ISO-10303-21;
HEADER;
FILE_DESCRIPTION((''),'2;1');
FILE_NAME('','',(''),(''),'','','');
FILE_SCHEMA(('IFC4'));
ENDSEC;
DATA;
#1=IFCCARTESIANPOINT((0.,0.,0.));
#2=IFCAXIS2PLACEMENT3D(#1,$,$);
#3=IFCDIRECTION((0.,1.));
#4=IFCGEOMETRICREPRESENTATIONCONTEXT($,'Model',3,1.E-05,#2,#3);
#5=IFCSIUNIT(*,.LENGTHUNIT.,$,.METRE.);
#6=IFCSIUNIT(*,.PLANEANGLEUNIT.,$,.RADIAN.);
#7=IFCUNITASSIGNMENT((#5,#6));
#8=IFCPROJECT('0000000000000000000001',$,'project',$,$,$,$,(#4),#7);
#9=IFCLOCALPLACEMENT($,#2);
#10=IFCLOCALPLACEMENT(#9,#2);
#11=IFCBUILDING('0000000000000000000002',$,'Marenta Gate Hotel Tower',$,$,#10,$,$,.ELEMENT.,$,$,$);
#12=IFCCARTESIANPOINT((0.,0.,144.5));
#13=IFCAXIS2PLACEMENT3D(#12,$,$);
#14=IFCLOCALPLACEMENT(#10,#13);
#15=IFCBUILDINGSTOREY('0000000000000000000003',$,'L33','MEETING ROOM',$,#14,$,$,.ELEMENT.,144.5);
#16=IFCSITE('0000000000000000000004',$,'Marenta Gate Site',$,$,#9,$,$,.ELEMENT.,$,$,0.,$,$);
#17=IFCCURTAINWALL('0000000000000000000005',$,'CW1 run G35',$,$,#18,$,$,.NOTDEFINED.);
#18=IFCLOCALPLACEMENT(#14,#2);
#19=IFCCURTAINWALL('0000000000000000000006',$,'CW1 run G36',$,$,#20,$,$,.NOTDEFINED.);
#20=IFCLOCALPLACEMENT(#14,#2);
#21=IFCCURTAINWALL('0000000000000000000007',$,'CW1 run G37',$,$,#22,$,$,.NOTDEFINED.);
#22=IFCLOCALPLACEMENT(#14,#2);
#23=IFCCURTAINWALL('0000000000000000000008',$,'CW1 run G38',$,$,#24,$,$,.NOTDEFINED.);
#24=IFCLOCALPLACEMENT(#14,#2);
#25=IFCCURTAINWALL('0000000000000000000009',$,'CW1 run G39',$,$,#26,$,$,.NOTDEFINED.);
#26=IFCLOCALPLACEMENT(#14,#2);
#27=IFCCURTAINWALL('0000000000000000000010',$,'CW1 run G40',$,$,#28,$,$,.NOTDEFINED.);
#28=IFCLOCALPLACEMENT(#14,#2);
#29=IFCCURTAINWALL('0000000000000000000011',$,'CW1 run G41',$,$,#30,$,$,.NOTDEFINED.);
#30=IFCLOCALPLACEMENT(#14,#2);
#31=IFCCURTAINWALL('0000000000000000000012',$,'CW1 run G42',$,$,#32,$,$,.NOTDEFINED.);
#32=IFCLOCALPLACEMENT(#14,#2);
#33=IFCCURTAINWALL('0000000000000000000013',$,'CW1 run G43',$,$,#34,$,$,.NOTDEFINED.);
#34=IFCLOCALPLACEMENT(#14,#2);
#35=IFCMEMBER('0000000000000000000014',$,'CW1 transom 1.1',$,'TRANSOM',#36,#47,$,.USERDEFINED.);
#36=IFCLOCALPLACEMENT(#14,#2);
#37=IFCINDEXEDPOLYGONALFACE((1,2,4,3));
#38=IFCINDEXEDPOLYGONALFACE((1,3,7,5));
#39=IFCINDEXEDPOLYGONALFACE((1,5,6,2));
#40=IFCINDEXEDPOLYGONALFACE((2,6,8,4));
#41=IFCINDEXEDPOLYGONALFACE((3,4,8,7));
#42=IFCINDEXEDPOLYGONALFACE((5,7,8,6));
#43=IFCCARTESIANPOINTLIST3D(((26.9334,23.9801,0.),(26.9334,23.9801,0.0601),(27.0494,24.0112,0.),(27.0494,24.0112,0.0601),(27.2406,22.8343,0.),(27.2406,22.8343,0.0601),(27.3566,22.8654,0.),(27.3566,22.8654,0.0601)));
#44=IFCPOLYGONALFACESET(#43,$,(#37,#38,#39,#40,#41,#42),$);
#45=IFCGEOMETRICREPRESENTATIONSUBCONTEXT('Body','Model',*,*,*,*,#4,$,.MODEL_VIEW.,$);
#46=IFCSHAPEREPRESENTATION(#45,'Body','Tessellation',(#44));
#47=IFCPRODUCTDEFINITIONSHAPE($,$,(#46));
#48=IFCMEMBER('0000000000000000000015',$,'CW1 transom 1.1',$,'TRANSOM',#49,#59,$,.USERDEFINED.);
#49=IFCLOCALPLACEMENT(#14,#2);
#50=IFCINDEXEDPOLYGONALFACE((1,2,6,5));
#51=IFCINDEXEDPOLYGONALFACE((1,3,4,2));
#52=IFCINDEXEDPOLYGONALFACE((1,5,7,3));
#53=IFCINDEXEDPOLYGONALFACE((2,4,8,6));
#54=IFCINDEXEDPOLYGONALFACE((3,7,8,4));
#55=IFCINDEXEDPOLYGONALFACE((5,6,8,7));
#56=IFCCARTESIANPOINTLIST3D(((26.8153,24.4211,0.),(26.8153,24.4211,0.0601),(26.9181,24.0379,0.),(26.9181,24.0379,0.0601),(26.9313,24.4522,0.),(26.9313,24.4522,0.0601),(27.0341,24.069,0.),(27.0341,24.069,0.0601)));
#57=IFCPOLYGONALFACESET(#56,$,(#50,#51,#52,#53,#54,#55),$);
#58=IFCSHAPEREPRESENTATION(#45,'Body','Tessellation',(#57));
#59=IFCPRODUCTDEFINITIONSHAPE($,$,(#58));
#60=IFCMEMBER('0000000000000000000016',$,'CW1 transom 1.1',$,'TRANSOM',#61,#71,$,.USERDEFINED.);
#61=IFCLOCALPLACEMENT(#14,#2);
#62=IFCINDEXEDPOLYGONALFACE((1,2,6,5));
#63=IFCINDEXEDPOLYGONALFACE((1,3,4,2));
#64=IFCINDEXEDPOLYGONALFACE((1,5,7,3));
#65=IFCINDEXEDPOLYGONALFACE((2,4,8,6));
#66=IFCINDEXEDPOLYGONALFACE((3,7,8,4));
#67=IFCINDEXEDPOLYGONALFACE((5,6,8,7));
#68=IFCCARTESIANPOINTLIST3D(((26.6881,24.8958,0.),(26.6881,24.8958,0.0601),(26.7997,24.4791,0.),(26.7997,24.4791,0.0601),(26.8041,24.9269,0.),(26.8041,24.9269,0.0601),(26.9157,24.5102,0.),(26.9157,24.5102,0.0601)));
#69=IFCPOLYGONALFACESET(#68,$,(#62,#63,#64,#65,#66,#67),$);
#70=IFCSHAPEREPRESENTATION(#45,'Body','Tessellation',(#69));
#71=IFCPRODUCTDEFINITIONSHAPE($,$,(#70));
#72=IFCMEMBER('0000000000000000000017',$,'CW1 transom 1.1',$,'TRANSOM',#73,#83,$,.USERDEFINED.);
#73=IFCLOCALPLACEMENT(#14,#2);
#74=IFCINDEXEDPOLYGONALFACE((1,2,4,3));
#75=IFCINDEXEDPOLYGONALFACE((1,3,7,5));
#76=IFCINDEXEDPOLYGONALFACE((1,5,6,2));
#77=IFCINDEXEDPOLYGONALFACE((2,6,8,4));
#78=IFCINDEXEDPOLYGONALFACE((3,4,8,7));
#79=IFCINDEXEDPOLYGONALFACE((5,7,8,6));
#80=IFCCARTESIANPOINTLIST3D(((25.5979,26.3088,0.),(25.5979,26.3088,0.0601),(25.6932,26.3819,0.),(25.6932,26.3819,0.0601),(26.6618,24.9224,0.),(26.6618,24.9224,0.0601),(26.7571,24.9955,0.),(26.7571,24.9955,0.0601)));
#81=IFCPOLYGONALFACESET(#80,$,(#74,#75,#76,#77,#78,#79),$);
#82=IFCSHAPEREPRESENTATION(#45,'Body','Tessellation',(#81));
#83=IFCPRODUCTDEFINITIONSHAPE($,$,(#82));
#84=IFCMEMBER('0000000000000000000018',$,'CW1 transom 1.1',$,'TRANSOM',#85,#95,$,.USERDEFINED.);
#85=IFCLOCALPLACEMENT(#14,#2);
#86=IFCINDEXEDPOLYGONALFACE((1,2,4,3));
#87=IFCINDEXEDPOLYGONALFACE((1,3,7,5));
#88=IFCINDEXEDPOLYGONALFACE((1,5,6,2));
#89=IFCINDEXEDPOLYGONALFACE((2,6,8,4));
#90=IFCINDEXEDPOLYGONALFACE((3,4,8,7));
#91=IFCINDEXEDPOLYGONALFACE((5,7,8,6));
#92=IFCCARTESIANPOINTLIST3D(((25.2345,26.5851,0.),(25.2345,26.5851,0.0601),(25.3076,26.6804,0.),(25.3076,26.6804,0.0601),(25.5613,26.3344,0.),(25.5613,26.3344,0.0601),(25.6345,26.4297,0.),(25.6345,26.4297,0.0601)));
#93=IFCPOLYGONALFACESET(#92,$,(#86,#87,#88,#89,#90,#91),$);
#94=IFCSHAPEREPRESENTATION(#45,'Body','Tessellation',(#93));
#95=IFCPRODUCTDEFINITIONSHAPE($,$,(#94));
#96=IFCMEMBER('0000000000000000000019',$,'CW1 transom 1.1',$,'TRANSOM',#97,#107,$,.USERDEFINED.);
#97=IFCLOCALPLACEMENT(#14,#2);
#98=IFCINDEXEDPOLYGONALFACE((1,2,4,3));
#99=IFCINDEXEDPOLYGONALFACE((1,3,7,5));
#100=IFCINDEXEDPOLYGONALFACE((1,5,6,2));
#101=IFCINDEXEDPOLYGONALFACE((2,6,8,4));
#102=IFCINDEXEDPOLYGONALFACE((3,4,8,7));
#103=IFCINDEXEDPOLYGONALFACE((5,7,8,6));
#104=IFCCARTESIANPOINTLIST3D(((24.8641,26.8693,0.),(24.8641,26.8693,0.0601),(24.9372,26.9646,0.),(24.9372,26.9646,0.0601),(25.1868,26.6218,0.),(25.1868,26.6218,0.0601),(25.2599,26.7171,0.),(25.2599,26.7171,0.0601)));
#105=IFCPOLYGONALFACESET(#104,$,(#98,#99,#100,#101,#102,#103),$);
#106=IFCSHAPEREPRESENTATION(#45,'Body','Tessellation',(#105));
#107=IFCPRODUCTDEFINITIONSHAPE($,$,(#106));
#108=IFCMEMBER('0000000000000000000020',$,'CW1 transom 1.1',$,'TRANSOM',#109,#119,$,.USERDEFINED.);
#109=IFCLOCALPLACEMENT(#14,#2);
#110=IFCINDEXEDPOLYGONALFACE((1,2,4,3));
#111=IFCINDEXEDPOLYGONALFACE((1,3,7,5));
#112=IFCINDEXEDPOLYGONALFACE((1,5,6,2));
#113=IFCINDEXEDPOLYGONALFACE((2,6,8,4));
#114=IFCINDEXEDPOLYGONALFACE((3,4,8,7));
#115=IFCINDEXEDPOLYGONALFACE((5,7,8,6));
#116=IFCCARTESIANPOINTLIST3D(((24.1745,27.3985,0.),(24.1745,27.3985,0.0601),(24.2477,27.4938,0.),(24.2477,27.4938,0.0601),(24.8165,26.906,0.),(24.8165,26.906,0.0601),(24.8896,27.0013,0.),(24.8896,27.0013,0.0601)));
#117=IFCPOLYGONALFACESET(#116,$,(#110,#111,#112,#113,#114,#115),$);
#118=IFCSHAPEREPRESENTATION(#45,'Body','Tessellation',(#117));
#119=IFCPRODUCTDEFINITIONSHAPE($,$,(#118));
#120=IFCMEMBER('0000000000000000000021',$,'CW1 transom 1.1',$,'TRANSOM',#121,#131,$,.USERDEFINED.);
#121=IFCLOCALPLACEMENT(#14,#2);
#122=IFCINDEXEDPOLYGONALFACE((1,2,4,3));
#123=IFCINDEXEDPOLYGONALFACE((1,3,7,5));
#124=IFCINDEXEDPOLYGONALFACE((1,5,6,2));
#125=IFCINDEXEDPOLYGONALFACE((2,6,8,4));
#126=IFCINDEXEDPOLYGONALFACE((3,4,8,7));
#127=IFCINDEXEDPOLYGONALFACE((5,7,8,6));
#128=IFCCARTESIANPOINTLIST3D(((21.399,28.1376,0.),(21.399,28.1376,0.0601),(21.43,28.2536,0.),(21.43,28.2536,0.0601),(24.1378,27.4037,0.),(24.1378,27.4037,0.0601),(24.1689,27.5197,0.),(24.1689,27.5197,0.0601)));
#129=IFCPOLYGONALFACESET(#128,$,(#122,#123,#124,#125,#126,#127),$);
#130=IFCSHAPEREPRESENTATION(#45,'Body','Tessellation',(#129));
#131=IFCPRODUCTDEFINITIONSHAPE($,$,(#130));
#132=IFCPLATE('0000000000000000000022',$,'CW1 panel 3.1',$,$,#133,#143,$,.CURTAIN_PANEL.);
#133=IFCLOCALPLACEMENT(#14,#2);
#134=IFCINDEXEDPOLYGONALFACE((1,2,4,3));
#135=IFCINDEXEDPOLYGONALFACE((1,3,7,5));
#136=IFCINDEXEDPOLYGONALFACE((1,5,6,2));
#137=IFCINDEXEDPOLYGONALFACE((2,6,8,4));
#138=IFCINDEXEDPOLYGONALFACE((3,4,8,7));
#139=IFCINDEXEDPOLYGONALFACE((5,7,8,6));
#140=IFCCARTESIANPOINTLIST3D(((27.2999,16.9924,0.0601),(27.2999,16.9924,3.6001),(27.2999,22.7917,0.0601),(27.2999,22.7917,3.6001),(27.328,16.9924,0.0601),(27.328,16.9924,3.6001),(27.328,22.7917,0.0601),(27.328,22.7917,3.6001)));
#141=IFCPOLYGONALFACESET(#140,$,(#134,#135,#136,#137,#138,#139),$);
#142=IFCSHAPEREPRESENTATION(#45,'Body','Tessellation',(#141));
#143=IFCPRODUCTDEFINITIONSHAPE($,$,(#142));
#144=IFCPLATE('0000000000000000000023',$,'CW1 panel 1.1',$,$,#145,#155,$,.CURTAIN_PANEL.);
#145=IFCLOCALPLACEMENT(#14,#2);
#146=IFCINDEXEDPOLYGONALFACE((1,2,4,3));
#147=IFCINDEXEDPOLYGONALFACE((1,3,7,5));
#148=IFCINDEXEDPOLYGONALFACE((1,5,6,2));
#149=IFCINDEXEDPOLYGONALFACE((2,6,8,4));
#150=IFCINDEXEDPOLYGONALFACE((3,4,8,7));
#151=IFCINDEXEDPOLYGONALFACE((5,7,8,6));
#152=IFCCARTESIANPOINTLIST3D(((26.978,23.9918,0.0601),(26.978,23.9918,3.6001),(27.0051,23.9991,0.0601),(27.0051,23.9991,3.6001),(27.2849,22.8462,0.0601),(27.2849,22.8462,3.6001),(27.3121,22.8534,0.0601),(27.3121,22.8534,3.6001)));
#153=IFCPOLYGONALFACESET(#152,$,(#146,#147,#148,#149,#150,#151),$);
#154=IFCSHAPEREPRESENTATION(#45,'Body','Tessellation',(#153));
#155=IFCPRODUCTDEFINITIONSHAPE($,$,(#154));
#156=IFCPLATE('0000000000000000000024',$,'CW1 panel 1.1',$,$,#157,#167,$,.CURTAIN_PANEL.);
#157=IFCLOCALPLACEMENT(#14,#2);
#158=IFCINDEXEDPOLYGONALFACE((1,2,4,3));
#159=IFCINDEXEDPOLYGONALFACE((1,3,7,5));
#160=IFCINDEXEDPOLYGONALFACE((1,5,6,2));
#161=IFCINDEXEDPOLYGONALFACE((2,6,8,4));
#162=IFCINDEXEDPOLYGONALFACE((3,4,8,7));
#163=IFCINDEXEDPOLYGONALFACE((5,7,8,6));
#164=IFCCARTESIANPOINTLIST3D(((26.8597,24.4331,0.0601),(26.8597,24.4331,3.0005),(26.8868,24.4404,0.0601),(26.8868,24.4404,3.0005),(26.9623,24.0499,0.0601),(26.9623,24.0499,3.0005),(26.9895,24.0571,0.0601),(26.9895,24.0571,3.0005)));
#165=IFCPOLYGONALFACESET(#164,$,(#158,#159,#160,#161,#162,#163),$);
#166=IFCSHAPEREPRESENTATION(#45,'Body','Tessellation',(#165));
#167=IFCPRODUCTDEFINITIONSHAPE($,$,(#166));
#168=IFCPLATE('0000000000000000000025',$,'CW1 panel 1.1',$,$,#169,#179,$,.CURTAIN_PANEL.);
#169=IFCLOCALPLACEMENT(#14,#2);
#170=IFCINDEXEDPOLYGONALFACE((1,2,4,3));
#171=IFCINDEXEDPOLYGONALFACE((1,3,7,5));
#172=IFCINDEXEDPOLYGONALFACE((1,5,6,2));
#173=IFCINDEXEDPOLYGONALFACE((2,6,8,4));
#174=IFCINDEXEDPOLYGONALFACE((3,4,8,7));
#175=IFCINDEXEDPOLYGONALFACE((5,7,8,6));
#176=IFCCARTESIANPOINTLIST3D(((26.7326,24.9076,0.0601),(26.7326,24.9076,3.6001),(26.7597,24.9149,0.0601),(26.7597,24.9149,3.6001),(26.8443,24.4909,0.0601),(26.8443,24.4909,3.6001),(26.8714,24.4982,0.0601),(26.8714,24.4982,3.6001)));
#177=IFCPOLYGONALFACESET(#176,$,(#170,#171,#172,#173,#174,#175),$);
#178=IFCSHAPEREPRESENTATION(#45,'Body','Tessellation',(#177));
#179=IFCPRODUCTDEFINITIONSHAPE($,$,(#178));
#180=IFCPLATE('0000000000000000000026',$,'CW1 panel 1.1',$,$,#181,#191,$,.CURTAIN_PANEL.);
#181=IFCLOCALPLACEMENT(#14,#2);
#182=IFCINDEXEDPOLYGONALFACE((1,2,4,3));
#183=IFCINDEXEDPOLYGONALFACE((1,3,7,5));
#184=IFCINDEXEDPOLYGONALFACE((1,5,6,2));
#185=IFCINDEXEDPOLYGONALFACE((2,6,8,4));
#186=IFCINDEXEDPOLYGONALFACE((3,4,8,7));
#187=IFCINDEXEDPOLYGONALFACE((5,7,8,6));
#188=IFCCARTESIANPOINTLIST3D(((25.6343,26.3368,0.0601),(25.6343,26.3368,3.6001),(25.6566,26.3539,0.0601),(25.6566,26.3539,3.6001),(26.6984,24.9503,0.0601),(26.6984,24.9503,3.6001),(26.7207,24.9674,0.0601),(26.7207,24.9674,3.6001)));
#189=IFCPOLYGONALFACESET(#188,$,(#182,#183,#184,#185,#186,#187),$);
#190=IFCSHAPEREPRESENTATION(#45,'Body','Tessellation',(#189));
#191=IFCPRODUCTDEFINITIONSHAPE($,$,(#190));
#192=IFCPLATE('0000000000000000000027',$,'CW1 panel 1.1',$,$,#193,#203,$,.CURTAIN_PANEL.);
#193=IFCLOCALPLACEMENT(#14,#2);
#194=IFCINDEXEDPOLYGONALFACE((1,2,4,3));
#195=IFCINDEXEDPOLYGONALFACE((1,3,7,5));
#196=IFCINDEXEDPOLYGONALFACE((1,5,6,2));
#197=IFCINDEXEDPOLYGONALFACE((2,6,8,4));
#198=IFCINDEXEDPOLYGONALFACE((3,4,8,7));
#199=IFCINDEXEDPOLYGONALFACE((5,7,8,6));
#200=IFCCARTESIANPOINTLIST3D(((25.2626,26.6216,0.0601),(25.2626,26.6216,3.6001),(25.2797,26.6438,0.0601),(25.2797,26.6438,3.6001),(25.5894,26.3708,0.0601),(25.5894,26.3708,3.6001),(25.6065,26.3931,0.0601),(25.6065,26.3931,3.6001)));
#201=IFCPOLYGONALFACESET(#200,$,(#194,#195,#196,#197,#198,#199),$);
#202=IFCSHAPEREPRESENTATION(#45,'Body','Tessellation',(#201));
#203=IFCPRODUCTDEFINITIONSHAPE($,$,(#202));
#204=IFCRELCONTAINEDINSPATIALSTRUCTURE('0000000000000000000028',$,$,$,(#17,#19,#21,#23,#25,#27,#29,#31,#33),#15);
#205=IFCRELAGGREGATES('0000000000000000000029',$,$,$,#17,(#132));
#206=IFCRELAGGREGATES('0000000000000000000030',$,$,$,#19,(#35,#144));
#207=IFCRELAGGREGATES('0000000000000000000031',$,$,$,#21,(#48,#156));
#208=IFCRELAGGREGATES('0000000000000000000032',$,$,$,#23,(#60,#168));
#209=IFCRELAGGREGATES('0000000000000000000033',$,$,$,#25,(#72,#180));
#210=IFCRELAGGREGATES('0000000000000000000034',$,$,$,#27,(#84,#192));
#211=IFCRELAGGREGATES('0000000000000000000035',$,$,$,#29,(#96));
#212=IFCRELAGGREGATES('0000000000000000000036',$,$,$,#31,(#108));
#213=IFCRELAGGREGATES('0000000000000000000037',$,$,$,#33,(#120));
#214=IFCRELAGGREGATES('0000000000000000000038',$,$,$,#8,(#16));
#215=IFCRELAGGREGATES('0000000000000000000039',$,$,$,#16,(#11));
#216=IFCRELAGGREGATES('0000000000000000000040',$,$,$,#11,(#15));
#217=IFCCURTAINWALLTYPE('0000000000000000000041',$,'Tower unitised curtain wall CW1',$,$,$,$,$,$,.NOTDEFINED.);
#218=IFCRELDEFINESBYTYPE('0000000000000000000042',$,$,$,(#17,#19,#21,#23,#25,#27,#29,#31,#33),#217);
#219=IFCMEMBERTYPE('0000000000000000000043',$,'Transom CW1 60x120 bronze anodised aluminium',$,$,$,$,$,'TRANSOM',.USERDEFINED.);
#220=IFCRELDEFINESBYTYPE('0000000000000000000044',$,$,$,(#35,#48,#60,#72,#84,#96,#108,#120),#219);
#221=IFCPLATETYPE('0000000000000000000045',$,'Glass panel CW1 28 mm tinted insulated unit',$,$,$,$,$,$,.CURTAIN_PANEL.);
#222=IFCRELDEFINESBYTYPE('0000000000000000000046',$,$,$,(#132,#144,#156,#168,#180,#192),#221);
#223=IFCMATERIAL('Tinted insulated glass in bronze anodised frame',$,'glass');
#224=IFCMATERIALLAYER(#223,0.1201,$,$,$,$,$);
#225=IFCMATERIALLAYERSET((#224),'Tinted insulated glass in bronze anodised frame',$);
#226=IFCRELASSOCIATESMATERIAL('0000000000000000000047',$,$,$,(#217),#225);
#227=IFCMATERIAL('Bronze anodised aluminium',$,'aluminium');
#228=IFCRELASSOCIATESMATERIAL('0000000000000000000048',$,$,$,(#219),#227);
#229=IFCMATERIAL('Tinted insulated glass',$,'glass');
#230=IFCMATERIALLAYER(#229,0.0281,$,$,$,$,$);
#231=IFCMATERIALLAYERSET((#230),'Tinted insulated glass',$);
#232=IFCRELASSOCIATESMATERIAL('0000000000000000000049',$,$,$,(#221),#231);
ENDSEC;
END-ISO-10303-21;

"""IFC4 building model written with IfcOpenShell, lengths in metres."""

from ifc_helpers import new_model, si_unit, direction, frame, origin, origin_2d, place, context, subcontext, project, spatial, rectangle, extrude, material, layer, layer_set, material_profile, profile_set, type_object, element, aggregate, save


model = new_model("IFC4")

# Units and contexts
model_context = context("Model", 3, precision=1e-05, world=origin(), true_north=direction((0.0, 1.0)))
body_context = subcontext(model_context, "Body", "Model", "MODEL_VIEW")
ifc_project = project(units=[si_unit("LENGTHUNIT", "METRE"), si_unit("PLANEANGLEUNIT", "RADIAN")], contexts=[model_context])

# Site, building, storey
site_placement = place(None, origin())
site = spatial("IfcSite", under=ifc_project, at=site_placement, Name="Marenta Gate Site", CompositionType="ELEMENT", RefElevation=0.0)
building_placement = place(site_placement, origin())
building = spatial("IfcBuilding", under=site, at=building_placement, Name="Marenta Gate Hotel Tower", CompositionType="ELEMENT")
storey_placement = place(building_placement, frame((0.0, 0.0, 144.5)))
storey = spatial("IfcBuildingStorey", under=building, at=storey_placement, Name="L33", Description="MEETING ROOM", CompositionType="ELEMENT", Elevation=144.5)

# Curtain walls
ifc_material_1 = material(Name="Tinted insulated glass in bronze anodised frame", Category="glass")
ifc_layer_1 = layer(ifc_material_1, 0.1201)
ifc_layer_set_1 = layer_set([ifc_layer_1], Name="Tinted insulated glass in bronze anodised frame")
curtain_wall_type = type_object("IfcCurtainWallType", Name="Tower unitised curtain wall CW1", PredefinedType="NOTDEFINED", material=ifc_layer_set_1)
curtain_wall_1_placement = place(storey_placement, origin())
curtain_wall_1 = element("IfcCurtainWall", 1, at=curtain_wall_1_placement, inside=storey, type_object=curtain_wall_type, Name="CW1 run G35", PredefinedType="NOTDEFINED")
curtain_wall_2_placement = place(storey_placement, origin())
curtain_wall_2 = element("IfcCurtainWall", 2, at=curtain_wall_2_placement, inside=storey, type_object=curtain_wall_type, Name="CW1 run G36", PredefinedType="NOTDEFINED")
curtain_wall_3_placement = place(storey_placement, origin())
curtain_wall_3 = element("IfcCurtainWall", 3, at=curtain_wall_3_placement, inside=storey, type_object=curtain_wall_type, Name="CW1 run G37", PredefinedType="NOTDEFINED")
curtain_wall_4_placement = place(storey_placement, origin())
curtain_wall_4 = element("IfcCurtainWall", 4, at=curtain_wall_4_placement, inside=storey, type_object=curtain_wall_type, Name="CW1 run G38", PredefinedType="NOTDEFINED")
curtain_wall_5_placement = place(storey_placement, origin())
curtain_wall_5 = element("IfcCurtainWall", 5, at=curtain_wall_5_placement, inside=storey, type_object=curtain_wall_type, Name="CW1 run G39", PredefinedType="NOTDEFINED")
curtain_wall_6_placement = place(storey_placement, origin())
curtain_wall_6 = element("IfcCurtainWall", 6, at=curtain_wall_6_placement, inside=storey, type_object=curtain_wall_type, Name="CW1 run G40", PredefinedType="NOTDEFINED")
curtain_wall_7_placement = place(storey_placement, origin())
curtain_wall_7 = element("IfcCurtainWall", 7, at=curtain_wall_7_placement, inside=storey, type_object=curtain_wall_type, Name="CW1 run G41", PredefinedType="NOTDEFINED")
curtain_wall_8_placement = place(storey_placement, origin())
curtain_wall_8 = element("IfcCurtainWall", 8, at=curtain_wall_8_placement, inside=storey, type_object=curtain_wall_type, Name="CW1 run G42", PredefinedType="NOTDEFINED")
curtain_wall_9_placement = place(storey_placement, origin())
curtain_wall_9 = element("IfcCurtainWall", 9, at=curtain_wall_9_placement, inside=storey, type_object=curtain_wall_type, Name="CW1 run G43", PredefinedType="NOTDEFINED")

# Members
ifc_material_2 = material(Name="Bronze anodised aluminium", Category="aluminium")
ifc_material_profile_1 = material_profile(ifc_material_2, rectangle(XDim=0.1201, YDim=0.0601, at=origin_2d()), Name="Transom CW1 60x120 bronze anodised aluminium")
ifc_profile_set_1 = profile_set([ifc_material_profile_1], Name="Bronze anodised aluminium")
member_type_1 = type_object("IfcMemberType", Name="Transom CW1 60x120 bronze anodised aluminium", ElementType="TRANSOM", PredefinedType="USERDEFINED", material=ifc_profile_set_1)
member_1_placement = place(storey_placement, frame((27.2986, 22.8499, 0.03), z_axis=(-0.258918, 0.965899, 0.0), x_axis=(-0.965899, -0.258918, 0.0)))
member_1 = element("IfcMember", 10, at=member_1_placement, type_object=member_type_1, Name="CW1 transom 1.1", ObjectType="TRANSOM", PredefinedType="USERDEFINED", context=body_context, shape_type="SweptSolid", body=[
    extrude(rectangle(XDim=0.1201, YDim=0.0601, at=origin_2d()), origin(), (0.0, 0.0, 1.0), 1.1863),
])
member_2_placement = place(storey_placement, frame((26.9761, 24.0535, 0.03), z_axis=(-0.259157, 0.965835, 0.0), x_axis=(-0.965835, -0.259157, 0.0)))
member_2 = element("IfcMember", 11, at=member_2_placement, type_object=member_type_1, Name="CW1 transom 1.1", ObjectType="TRANSOM", PredefinedType="USERDEFINED", context=body_context, shape_type="SweptSolid", body=[
    extrude(rectangle(XDim=0.1201, YDim=0.0601, at=origin_2d()), origin(), (0.0, 0.0, 1.0), 0.3967),
])
member_3_placement = place(storey_placement, frame((26.8577, 24.4946, 0.03), z_axis=(-0.258614, 0.965981, 0.0), x_axis=(-0.965981, -0.258614, 0.0)))
member_3 = element("IfcMember", 12, at=member_3_placement, type_object=member_type_1, Name="CW1 transom 1.1", ObjectType="TRANSOM", PredefinedType="USERDEFINED", context=body_context, shape_type="SweptSolid", body=[
    extrude(rectangle(XDim=0.1201, YDim=0.0601, at=origin_2d()), origin(), (0.0, 0.0, 1.0), 0.4314),
])
member_4_placement = place(storey_placement, frame((26.7095, 24.959, 0.03), z_axis=(-0.608792, 0.79333, 0.0), x_axis=(-0.79333, -0.608792, 0.0)))
member_4 = element("IfcMember", 13, at=member_4_placement, type_object=member_type_1, Name="CW1 transom 1.1", ObjectType="TRANSOM", PredefinedType="USERDEFINED", context=body_context, shape_type="SweptSolid", body=[
    extrude(rectangle(XDim=0.1201, YDim=0.0601, at=origin_2d()), origin(), (0.0, 0.0, 1.0), 1.7476),
])
member_5_placement = place(storey_placement, frame((25.5979, 26.3821, 0.03), z_axis=(-0.793482, 0.608593, 0.0), x_axis=(-0.608593, -0.793482, 0.0)))
member_5 = element("IfcMember", 14, at=member_5_placement, type_object=member_type_1, Name="CW1 transom 1.1", ObjectType="TRANSOM", PredefinedType="USERDEFINED", context=body_context, shape_type="SweptSolid", body=[
    extrude(rectangle(XDim=0.1201, YDim=0.0601, at=origin_2d()), origin(), (0.0, 0.0, 1.0), 0.4119),
])
member_6_placement = place(storey_placement, frame((25.2234, 26.6694, 0.03), z_axis=(-0.793471, 0.608608, 0.0), x_axis=(-0.608608, -0.793471, 0.0)))
member_6 = element("IfcMember", 15, at=member_6_placement, type_object=member_type_1, Name="CW1 transom 1.1", ObjectType="TRANSOM", PredefinedType="USERDEFINED", context=body_context, shape_type="SweptSolid", body=[
    extrude(rectangle(XDim=0.1201, YDim=0.0601, at=origin_2d()), origin(), (0.0, 0.0, 1.0), 0.4067),
])
member_7_placement = place(storey_placement, frame((24.853, 26.9536, 0.03), z_axis=(-0.793397, 0.608704, 0.0), x_axis=(-0.608704, -0.793397, 0.0)))
member_7 = element("IfcMember", 16, at=member_7_placement, type_object=member_type_1, Name="CW1 transom 1.1", ObjectType="TRANSOM", PredefinedType="USERDEFINED", context=body_context, shape_type="SweptSolid", body=[
    extrude(rectangle(XDim=0.1201, YDim=0.0601, at=origin_2d()), origin(), (0.0, 0.0, 1.0), 0.8091),
])
member_8_placement = place(storey_placement, frame((24.1533, 27.4617, 0.03), z_axis=(-0.965923, 0.258831, 0.0), x_axis=(-0.258831, -0.965923, 0.0)))
member_8 = element("IfcMember", 17, at=member_8_placement, type_object=member_type_1, Name="CW1 transom 1.1", ObjectType="TRANSOM", PredefinedType="USERDEFINED", context=body_context, shape_type="SweptSolid", body=[
    extrude(rectangle(XDim=0.1201, YDim=0.0601, at=origin_2d()), origin(), (0.0, 0.0, 1.0), 2.8354),
])

# Plates
ifc_material_3 = material(Name="Tinted insulated glass", Category="glass")
ifc_layer_2 = layer(ifc_material_3, 0.0281)
ifc_layer_set_2 = layer_set([ifc_layer_2], Name="Tinted insulated glass")
plate_type = type_object("IfcPlateType", Name="Glass panel CW1 28 mm tinted insulated unit", PredefinedType="CURTAIN_PANEL", material=ifc_layer_set_2)
plate_1_placement = place(storey_placement, frame((27.314, 19.8921, 0.0601), z_axis=(0.0, 0.0, 1.0), x_axis=(0.0, 1.0, 0.0)))
plate_1 = element("IfcPlate", 18, at=plate_1_placement, type_object=plate_type, Name="CW1 panel 3.1", PredefinedType="CURTAIN_PANEL", context=body_context, shape_type="SweptSolid", body=[
    extrude(rectangle(XDim=5.7993, YDim=0.0281, at=origin_2d()), origin(), (0.0, 0.0, 1.0), 3.54),
])
aggregate(curtain_wall_1, [plate_1])
plate_2_placement = place(storey_placement, frame((27.145, 23.4226, 0.0601), z_axis=(0.0, 0.0, 1.0), x_axis=(-0.258816, 0.965927, 0.0)))
plate_2 = element("IfcPlate", 19, at=plate_2_placement, type_object=plate_type, Name="CW1 panel 1.1", PredefinedType="CURTAIN_PANEL", context=body_context, shape_type="SweptSolid", body=[
    extrude(rectangle(XDim=1.186, YDim=0.0281, at=origin_2d()), origin(), (0.0, 0.0, 1.0), 3.54),
])
aggregate(curtain_wall_2, [member_1, plate_2])
plate_3_placement = place(storey_placement, frame((26.9246, 24.2451, 0.0601), z_axis=(0.0, 0.0, 1.0), x_axis=(-0.258835, 0.965922, 0.0)))
plate_3 = element("IfcPlate", 20, at=plate_3_placement, type_object=plate_type, Name="CW1 panel 1.1", PredefinedType="CURTAIN_PANEL", context=body_context, shape_type="SweptSolid", body=[
    extrude(rectangle(XDim=0.3967, YDim=0.0281, at=origin_2d()), origin(), (0.0, 0.0, 1.0), 2.9404),
])
aggregate(curtain_wall_3, [member_2, plate_3])
plate_4_placement = place(storey_placement, frame((26.802, 24.7029, 0.0601), z_axis=(0.0, 0.0, 1.0), x_axis=(-0.258828, 0.965924, 0.0)))
plate_4 = element("IfcPlate", 21, at=plate_4_placement, type_object=plate_type, Name="CW1 panel 1.1", PredefinedType="CURTAIN_PANEL", context=body_context, shape_type="SweptSolid", body=[
    extrude(rectangle(XDim=0.4314, YDim=0.0281, at=origin_2d()), origin(), (0.0, 0.0, 1.0), 3.54),
])
aggregate(curtain_wall_4, [member_3, plate_4])
plate_5_placement = place(storey_placement, frame((26.1775, 25.6521, 0.0601), z_axis=(0.0, 0.0, 1.0), x_axis=(-0.608796, 0.793327, 0.0)))
plate_5 = element("IfcPlate", 22, at=plate_5_placement, type_object=plate_type, Name="CW1 panel 1.1", PredefinedType="CURTAIN_PANEL", context=body_context, shape_type="SweptSolid", body=[
    extrude(rectangle(XDim=1.7478, YDim=0.0281, at=origin_2d()), origin(), (0.0, 0.0, 1.0), 3.54),
])
aggregate(curtain_wall_5, [member_4, plate_5])
plate_6_placement = place(storey_placement, frame((25.4346, 26.5073, 0.0601), z_axis=(0.0, 0.0, 1.0), x_axis=(-0.79334, 0.608778, 0.0)))
plate_6 = element("IfcPlate", 23, at=plate_6_placement, type_object=plate_type, Name="CW1 panel 1.1", PredefinedType="CURTAIN_PANEL", context=body_context, shape_type="SweptSolid", body=[
    extrude(rectangle(XDim=0.4119, YDim=0.0281, at=origin_2d()), origin(), (0.0, 0.0, 1.0), 3.54),
])
aggregate(curtain_wall_6, [member_5, plate_6])
aggregate(curtain_wall_7, [member_6])
aggregate(curtain_wall_8, [member_7])
aggregate(curtain_wall_9, [member_8])

save(model, "model.ifc")
